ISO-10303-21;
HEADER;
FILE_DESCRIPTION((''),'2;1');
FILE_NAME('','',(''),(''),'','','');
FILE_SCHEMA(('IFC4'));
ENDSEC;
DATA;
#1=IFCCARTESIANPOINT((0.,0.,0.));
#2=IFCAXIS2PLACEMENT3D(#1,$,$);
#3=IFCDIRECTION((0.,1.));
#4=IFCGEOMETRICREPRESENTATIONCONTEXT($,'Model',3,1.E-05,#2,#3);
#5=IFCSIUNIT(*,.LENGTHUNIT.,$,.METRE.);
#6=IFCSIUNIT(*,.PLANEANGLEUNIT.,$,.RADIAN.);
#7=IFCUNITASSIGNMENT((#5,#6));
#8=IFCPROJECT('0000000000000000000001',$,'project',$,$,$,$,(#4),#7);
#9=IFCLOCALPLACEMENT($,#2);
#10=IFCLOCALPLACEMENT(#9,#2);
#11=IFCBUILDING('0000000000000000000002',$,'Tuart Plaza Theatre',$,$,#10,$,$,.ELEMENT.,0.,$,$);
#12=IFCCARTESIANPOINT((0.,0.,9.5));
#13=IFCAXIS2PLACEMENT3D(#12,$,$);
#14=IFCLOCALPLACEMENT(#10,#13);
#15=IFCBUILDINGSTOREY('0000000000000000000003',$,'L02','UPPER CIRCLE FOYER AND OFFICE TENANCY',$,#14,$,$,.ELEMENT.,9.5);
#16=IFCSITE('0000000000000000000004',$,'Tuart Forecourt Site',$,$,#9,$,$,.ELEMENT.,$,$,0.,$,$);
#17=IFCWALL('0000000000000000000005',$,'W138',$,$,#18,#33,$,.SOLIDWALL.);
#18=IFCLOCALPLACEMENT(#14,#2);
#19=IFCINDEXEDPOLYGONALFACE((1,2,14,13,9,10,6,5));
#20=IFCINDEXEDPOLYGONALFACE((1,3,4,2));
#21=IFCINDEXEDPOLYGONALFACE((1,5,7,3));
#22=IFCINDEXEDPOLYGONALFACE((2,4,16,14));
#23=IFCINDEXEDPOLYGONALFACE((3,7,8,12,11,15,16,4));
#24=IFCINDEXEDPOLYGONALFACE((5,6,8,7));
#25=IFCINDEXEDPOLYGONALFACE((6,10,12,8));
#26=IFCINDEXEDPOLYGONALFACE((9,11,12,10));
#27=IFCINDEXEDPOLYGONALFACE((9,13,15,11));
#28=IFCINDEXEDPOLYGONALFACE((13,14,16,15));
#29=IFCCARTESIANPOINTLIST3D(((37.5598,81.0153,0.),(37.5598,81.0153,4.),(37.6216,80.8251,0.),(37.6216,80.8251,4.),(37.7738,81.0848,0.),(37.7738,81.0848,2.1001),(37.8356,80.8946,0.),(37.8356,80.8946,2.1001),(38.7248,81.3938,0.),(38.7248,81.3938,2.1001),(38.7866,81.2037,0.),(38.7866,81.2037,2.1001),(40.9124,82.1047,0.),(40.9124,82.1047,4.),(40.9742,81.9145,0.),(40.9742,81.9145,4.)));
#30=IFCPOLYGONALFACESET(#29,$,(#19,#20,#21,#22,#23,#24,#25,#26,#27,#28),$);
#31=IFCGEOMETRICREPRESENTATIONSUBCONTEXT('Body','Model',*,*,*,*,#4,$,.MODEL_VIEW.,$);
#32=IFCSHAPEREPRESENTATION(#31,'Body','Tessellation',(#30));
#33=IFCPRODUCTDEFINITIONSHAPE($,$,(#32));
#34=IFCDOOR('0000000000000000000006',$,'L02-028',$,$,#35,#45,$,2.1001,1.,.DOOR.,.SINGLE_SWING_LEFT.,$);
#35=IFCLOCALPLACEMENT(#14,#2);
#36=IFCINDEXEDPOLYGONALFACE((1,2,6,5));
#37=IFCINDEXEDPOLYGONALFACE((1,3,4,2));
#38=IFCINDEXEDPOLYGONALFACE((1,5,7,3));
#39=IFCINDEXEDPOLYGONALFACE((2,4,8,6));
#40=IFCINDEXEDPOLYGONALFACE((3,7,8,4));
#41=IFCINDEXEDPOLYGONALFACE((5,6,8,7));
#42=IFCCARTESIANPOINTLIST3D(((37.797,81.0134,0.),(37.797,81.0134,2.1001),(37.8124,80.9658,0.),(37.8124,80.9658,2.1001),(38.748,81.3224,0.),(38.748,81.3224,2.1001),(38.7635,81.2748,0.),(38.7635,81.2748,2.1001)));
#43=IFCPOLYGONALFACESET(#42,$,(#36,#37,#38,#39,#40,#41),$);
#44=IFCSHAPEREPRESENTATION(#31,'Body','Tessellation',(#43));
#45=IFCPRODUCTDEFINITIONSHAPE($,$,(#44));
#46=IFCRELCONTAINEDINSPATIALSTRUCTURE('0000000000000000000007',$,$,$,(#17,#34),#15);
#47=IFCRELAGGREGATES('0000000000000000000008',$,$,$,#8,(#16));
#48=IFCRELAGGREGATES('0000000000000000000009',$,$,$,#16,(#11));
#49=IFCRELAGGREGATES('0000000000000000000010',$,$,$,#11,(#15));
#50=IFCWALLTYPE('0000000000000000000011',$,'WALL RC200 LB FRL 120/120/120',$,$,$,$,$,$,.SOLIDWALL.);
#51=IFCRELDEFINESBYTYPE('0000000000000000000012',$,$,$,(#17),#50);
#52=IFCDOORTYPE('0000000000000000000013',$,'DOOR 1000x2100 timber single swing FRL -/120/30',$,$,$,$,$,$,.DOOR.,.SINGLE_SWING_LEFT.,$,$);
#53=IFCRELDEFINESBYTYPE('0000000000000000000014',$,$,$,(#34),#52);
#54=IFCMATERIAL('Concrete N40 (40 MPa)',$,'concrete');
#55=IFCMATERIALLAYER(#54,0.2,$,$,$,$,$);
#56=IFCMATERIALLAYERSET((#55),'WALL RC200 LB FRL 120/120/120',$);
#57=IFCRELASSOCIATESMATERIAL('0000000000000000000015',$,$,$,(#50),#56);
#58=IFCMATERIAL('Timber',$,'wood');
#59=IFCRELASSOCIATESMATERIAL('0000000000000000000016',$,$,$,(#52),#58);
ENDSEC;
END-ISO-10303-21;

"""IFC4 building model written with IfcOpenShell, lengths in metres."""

from ifc_helpers import new_model, si_unit, direction, frame, frame_2d, origin, place, context, subcontext, project, spatial, rectangle, extrude, material, layer, layer_set, type_object, element, fill, save


model = new_model("IFC4")

# Units and contexts
model_context = context("Model", 3, precision=1e-05, world=origin(), true_north=direction((0.0, 1.0)))
body_context = subcontext(model_context, "Body", "Model", "MODEL_VIEW")
ifc_project = project(units=[si_unit("LENGTHUNIT", "METRE"), si_unit("PLANEANGLEUNIT", "RADIAN")], contexts=[model_context])

# Site, building, storey
site_placement = place(None, origin())
site = spatial("IfcSite", under=ifc_project, at=site_placement, Name="Tuart Forecourt Site", CompositionType="ELEMENT", RefElevation=0.0)
building_placement = place(site_placement, origin())
building = spatial("IfcBuilding", under=site, at=building_placement, Name="Tuart Plaza Theatre", CompositionType="ELEMENT", ElevationOfRefHeight=0.0)
storey_placement = place(building_placement, frame((0.0, 0.0, 9.5)))
storey = spatial("IfcBuildingStorey", under=building, at=storey_placement, Name="L02", Description="UPPER CIRCLE FOYER AND OFFICE TENANCY", CompositionType="ELEMENT", Elevation=9.5)

# Wall, opening, door
ifc_material_1 = material(Name="Concrete N40 (40 MPa)", Category="concrete")
ifc_layer_1 = layer(ifc_material_1, 0.2)
ifc_layer_set_1 = layer_set([ifc_layer_1], Name="WALL RC200 LB FRL 120/120/120")
wall_type_1 = type_object("IfcWallType", Name="WALL RC200 LB FRL 120/120/120", PredefinedType="SOLIDWALL", material=ifc_layer_set_1)
wall_1_placement = place(storey_placement, frame((37.5906, 80.9202, 0.0), z_axis=(0.0, 0.0, 1.0), x_axis=(0.951052, 0.30903, 0.0)))
wall_1 = element("IfcWall", 1, at=wall_1_placement, inside=storey, type_object=wall_type_1, Name="W138", PredefinedType="SOLIDWALL", context=body_context, shape_type="SweptSolid", body=[
    extrude(rectangle(XDim=3.5251, YDim=0.2, at=frame_2d((1.7627, 0.0))), origin(), (0.0, 0.0, 1.0), 4.0),
])
opening_1_placement = place(wall_1_placement, frame((0.2251, 0.0, 0.0)))
opening_1 = element("IfcOpeningElement", 2, at=opening_1_placement, cuts=wall_1, PredefinedType="OPENING", context=body_context, shape_type="SweptSolid", body=[
    extrude(rectangle(XDim=1.0, YDim=2.1001, at=frame_2d((0.5, 1.05))), frame((0.0, 0.1099, 0.0), z_axis=(0.0, -1.0, 0.0), x_axis=(1.0, 0.0, 0.0)), (0.0, 0.0, 1.0), 0.22),
])
ifc_material_2 = material(Name="Timber", Category="wood")
door_type_1 = type_object("IfcDoorType", Name="DOOR 1000x2100 timber single swing FRL -/120/30", OperationType="SINGLE_SWING_LEFT", PredefinedType="DOOR", material=ifc_material_2)
door_1_placement = place(opening_1_placement, origin())
door_1 = element("IfcDoor", 3, at=door_1_placement, inside=storey, type_object=door_type_1, Name="L02-028", OperationType="SINGLE_SWING_LEFT", OverallHeight=2.1001, OverallWidth=1.0, PredefinedType="DOOR", context=body_context, shape_type="SweptSolid", body=[
    extrude(rectangle(XDim=1.0, YDim=2.1001, at=frame_2d((0.5, 1.05))), frame((0.0, 0.0249, 0.0), z_axis=(0.0, -1.0, 0.0), x_axis=(1.0, 0.0, 0.0)), (0.0, 0.0, 1.0), 0.05),
])
fill(opening_1, door_1)

save(model, "model.ifc")
